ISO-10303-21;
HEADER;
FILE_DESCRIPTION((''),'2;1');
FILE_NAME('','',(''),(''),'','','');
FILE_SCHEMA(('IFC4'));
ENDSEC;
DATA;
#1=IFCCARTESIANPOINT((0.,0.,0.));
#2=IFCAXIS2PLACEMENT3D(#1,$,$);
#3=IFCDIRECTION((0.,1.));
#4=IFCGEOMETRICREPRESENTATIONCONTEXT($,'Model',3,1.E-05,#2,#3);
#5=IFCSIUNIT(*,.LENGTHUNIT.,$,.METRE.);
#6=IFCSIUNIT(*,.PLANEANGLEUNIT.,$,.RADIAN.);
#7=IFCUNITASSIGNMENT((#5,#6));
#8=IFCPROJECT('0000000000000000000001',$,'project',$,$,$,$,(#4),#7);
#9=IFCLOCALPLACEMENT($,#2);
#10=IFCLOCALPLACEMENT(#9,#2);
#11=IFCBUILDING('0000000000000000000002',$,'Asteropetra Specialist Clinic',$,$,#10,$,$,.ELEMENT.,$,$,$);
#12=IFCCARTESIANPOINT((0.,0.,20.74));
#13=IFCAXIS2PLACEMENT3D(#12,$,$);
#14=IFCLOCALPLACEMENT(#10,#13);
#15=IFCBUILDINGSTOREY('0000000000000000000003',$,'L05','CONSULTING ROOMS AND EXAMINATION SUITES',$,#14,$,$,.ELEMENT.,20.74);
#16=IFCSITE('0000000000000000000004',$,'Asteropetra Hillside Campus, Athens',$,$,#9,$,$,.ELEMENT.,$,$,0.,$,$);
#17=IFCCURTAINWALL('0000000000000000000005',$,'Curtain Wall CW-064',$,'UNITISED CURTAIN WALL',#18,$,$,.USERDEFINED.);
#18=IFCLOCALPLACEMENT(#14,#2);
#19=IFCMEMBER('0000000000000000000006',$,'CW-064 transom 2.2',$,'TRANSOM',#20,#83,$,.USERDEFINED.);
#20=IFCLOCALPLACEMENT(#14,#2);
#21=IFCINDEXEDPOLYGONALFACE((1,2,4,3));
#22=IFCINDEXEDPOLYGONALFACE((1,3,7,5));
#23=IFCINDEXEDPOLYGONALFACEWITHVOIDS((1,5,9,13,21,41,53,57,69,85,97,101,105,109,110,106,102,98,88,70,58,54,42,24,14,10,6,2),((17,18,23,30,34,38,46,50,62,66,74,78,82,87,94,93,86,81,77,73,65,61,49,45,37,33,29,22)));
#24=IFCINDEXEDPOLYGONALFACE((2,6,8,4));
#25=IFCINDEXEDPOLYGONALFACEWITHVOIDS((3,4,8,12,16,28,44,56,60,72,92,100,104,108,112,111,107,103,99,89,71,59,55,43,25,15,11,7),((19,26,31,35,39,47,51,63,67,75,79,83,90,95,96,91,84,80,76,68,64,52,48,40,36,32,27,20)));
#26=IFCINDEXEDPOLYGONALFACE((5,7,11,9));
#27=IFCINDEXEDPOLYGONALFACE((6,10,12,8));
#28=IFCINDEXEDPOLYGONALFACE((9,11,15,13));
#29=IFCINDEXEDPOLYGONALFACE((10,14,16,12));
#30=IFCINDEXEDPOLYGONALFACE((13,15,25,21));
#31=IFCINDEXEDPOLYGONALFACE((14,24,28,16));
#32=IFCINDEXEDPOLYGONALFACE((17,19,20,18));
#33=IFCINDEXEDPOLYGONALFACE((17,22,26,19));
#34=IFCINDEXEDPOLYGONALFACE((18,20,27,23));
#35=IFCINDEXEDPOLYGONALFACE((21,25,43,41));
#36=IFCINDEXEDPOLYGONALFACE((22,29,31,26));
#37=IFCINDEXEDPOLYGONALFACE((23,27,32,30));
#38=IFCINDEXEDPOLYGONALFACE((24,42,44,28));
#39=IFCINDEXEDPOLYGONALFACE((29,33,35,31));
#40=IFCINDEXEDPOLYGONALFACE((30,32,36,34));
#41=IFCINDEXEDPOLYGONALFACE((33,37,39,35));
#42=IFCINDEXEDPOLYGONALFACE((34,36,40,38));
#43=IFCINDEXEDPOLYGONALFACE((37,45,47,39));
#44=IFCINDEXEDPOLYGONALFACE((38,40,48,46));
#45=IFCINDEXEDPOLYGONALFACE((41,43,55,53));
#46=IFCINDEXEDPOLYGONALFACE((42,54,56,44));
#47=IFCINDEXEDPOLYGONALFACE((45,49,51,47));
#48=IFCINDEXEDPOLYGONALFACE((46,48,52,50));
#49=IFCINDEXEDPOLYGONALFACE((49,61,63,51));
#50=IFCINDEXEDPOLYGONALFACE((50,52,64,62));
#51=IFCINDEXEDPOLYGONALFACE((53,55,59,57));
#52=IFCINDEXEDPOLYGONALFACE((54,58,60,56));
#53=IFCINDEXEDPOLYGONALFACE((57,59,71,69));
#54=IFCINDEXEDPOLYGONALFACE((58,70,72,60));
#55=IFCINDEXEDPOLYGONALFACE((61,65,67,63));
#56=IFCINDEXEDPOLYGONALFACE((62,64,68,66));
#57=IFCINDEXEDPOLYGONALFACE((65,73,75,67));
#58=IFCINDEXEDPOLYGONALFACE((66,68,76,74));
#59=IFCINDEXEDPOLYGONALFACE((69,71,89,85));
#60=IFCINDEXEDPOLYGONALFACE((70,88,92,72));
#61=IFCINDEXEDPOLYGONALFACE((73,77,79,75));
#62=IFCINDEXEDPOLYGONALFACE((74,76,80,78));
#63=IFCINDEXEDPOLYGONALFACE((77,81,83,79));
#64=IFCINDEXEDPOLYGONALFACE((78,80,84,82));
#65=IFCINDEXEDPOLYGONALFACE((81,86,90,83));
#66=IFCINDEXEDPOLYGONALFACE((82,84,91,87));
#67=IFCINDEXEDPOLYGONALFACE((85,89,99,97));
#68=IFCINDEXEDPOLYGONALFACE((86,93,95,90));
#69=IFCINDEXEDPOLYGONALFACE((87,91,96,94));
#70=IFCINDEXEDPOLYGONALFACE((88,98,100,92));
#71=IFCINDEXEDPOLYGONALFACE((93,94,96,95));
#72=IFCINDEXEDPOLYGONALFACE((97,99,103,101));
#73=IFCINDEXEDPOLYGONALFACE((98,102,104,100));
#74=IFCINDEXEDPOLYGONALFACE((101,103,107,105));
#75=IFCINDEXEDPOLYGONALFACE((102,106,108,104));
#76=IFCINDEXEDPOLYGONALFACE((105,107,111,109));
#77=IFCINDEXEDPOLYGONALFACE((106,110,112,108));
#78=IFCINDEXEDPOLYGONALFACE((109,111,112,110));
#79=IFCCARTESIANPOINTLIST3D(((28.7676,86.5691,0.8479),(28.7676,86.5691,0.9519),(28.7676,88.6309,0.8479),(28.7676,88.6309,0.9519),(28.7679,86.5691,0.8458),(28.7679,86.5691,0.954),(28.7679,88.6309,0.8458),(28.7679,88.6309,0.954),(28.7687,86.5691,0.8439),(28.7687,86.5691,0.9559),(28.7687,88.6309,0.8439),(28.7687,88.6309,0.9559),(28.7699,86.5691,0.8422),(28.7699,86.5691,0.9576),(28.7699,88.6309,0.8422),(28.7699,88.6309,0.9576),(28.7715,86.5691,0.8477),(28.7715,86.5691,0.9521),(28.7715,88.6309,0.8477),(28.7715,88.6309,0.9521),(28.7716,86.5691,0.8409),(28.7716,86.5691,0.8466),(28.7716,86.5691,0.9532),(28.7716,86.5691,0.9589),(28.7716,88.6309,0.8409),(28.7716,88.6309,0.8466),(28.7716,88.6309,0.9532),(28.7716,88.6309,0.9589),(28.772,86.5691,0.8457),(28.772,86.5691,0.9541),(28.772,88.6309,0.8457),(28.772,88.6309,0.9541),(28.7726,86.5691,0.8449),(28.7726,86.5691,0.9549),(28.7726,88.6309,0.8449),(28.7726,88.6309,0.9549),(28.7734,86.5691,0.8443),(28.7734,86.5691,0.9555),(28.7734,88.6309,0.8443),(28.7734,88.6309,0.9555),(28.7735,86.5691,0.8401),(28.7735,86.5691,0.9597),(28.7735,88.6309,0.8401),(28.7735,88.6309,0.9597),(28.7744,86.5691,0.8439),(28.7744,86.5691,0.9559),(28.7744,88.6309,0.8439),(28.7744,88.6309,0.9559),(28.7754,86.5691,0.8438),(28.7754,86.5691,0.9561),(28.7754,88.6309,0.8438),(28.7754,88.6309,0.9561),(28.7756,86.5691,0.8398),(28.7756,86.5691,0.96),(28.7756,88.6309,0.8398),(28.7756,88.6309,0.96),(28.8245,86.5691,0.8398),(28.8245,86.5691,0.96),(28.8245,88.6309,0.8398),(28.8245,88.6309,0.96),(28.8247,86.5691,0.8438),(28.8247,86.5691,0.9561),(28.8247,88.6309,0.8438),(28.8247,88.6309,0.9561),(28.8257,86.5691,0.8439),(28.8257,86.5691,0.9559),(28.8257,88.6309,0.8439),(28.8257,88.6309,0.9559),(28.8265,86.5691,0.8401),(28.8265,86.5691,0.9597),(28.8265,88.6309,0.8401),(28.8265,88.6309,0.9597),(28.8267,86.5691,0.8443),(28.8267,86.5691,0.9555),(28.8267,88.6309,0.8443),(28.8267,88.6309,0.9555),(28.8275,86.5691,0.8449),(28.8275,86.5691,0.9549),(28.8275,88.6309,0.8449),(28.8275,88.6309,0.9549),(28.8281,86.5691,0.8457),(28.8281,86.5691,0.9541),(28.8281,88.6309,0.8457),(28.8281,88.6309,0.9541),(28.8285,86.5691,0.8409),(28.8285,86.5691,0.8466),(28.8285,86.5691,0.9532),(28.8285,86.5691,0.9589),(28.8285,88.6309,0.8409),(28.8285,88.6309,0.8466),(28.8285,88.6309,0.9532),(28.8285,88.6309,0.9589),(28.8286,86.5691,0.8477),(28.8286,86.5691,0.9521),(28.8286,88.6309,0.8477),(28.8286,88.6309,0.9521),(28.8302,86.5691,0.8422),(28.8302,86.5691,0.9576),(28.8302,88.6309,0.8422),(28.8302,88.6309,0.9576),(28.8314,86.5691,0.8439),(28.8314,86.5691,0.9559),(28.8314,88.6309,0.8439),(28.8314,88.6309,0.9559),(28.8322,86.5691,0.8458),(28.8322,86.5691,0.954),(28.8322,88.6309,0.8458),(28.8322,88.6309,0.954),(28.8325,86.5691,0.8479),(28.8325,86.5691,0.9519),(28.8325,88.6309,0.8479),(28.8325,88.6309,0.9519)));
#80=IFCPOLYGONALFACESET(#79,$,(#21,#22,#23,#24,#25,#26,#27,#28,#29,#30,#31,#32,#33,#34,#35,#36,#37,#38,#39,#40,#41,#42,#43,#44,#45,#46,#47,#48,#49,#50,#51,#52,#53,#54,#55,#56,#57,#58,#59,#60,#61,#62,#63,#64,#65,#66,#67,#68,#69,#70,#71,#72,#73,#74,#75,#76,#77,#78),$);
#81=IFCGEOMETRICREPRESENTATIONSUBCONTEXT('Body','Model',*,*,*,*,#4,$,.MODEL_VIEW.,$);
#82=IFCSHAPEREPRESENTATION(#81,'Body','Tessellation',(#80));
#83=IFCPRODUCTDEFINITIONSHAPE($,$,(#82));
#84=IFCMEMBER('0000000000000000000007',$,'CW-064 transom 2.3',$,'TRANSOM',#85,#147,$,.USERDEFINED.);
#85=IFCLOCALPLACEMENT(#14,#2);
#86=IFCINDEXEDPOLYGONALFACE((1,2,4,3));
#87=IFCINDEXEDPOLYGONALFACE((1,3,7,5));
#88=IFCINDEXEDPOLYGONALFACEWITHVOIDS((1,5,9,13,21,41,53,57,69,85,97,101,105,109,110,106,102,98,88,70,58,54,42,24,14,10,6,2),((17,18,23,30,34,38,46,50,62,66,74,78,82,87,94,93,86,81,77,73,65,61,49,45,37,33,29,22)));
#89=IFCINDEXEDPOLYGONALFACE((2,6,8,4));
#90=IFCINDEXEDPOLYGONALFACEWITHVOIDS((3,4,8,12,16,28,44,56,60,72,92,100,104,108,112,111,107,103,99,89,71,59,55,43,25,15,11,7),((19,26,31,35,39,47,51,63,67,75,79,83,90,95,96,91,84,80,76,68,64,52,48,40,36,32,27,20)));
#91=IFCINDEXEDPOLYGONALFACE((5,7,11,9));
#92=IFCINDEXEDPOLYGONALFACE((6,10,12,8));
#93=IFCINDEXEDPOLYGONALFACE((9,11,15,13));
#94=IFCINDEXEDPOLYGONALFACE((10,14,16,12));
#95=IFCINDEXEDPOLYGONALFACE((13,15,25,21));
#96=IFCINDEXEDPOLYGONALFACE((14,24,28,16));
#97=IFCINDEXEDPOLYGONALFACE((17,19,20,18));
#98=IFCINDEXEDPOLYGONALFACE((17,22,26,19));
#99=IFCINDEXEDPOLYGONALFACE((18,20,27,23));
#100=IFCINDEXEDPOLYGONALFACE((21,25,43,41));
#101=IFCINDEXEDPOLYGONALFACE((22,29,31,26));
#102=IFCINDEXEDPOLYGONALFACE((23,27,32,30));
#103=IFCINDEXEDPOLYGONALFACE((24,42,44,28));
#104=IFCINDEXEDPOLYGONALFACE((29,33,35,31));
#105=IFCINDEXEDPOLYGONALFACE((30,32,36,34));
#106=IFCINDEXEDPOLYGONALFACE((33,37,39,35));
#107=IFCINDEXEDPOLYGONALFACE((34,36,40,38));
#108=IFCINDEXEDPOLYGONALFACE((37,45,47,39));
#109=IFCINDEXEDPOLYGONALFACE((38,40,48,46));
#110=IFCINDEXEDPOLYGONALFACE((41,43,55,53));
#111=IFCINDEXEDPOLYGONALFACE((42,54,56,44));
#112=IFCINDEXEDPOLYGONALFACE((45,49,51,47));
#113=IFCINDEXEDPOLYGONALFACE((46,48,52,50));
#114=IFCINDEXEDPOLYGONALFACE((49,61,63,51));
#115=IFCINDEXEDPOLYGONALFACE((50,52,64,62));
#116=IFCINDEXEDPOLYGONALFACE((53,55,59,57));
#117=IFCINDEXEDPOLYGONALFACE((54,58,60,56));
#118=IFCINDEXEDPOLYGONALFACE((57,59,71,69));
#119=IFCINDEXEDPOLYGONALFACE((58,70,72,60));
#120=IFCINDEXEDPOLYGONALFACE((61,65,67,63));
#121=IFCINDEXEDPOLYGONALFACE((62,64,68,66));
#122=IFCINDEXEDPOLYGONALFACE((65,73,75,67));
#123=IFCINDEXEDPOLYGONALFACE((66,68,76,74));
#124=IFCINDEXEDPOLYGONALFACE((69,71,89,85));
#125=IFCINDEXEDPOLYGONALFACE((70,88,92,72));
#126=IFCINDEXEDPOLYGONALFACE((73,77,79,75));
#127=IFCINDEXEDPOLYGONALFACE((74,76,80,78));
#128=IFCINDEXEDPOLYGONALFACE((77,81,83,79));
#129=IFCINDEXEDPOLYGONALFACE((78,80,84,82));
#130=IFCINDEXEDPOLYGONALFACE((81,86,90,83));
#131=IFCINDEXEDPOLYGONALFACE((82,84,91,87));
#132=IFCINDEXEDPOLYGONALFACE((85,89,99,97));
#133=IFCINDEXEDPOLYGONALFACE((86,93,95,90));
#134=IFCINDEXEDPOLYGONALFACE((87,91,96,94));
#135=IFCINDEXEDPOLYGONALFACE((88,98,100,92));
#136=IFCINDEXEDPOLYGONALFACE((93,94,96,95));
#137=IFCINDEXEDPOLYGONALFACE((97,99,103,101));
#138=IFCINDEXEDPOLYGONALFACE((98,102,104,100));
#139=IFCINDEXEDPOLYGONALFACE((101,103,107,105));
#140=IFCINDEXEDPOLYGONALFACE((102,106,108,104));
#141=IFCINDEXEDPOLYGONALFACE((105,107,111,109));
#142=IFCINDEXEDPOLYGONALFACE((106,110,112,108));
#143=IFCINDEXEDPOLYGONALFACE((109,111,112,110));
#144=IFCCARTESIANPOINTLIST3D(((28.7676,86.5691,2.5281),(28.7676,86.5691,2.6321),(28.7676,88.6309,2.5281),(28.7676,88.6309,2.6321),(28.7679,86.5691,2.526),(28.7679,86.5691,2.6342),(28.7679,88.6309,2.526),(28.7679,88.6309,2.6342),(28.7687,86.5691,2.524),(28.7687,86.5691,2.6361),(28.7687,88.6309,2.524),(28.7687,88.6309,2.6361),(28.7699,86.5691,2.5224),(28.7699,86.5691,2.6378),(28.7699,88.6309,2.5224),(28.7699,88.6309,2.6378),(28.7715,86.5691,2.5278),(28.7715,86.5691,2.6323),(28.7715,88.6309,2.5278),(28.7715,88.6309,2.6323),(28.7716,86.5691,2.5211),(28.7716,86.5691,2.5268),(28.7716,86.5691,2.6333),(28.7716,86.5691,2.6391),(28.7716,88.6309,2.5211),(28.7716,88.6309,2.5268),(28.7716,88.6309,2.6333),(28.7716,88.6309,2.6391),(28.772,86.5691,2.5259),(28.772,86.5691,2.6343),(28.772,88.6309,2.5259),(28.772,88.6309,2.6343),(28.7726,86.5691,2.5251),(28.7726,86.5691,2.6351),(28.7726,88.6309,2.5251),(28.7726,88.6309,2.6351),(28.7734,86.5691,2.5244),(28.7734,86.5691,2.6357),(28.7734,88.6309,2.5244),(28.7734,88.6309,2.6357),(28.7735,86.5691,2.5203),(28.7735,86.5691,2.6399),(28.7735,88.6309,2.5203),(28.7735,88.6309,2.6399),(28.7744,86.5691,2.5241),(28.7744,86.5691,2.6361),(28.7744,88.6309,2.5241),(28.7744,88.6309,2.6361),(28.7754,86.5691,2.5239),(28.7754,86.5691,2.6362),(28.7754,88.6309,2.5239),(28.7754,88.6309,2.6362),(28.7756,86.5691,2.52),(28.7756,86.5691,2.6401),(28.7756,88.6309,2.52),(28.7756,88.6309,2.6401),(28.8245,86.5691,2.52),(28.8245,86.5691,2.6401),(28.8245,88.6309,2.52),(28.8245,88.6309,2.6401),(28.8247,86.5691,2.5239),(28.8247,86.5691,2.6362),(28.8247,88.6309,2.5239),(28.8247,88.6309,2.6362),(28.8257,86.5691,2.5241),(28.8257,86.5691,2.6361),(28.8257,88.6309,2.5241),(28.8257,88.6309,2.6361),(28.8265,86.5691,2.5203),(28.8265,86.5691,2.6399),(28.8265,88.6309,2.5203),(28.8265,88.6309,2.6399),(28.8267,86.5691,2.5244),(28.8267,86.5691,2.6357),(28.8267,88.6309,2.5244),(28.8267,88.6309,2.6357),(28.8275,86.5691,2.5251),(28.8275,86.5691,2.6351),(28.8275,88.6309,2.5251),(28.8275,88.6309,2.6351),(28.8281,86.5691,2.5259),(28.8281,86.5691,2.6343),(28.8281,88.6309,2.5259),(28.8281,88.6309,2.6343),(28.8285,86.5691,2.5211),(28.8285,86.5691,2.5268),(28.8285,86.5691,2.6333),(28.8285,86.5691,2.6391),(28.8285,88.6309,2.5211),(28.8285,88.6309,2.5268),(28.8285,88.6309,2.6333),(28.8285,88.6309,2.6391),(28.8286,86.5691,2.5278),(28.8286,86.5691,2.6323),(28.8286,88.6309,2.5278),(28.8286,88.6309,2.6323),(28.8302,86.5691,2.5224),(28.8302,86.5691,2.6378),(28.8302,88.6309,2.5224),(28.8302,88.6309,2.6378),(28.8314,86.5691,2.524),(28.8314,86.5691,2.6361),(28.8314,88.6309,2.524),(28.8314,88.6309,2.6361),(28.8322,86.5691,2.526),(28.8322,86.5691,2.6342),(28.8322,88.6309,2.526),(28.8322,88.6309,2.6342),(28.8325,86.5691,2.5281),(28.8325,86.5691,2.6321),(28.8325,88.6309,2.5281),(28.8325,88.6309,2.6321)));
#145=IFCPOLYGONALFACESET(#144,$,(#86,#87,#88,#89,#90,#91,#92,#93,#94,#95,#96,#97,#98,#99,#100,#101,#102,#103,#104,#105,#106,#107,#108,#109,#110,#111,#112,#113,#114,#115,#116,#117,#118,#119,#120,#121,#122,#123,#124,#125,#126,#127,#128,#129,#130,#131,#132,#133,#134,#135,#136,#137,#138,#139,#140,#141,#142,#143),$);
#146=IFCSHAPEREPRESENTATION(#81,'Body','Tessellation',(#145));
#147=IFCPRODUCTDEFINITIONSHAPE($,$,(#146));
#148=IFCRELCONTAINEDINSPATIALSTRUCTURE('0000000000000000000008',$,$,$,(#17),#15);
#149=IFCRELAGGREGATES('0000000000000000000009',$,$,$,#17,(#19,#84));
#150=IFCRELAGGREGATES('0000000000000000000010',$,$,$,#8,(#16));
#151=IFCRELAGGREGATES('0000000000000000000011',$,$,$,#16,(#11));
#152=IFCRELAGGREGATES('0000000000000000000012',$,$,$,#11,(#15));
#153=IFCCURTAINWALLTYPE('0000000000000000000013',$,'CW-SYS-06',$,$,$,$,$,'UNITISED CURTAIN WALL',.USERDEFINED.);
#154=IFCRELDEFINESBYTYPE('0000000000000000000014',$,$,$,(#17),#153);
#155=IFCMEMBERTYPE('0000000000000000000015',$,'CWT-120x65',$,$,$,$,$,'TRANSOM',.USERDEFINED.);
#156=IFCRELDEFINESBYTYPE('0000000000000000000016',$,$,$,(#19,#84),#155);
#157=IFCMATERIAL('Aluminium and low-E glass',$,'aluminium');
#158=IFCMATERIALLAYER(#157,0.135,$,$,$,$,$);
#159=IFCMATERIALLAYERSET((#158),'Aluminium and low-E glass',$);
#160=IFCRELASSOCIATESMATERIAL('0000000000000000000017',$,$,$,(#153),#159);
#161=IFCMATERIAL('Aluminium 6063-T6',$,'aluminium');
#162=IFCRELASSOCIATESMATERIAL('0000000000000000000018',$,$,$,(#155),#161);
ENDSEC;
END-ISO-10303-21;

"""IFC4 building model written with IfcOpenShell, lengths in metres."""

from ifc_helpers import new_model, si_unit, direction, frame, origin, origin_2d, place, context, subcontext, project, spatial, hollow_rectangle, extrude, material, layer, layer_set, material_profile, profile_set, type_object, element, aggregate, save


model = new_model("IFC4")

# Units and contexts
model_context = context("Model", 3, precision=1e-05, world=origin(), true_north=direction((0.0, 1.0)))
body_context = subcontext(model_context, "Body", "Model", "MODEL_VIEW")
ifc_project = project(units=[si_unit("LENGTHUNIT", "METRE"), si_unit("PLANEANGLEUNIT", "RADIAN")], contexts=[model_context])

# Site, building, storey
site_placement = place(None, origin())
site = spatial("IfcSite", under=ifc_project, at=site_placement, Name="Asteropetra Hillside Campus, Athens", CompositionType="ELEMENT", RefElevation=0.0)
building_placement = place(site_placement, origin())
building = spatial("IfcBuilding", under=site, at=building_placement, Name="Asteropetra Specialist Clinic", CompositionType="ELEMENT")
storey_placement = place(building_placement, frame((0.0, 0.0, 20.74)))
storey = spatial("IfcBuildingStorey", under=building, at=storey_placement, Name="L05", Description="CONSULTING ROOMS AND EXAMINATION SUITES", CompositionType="ELEMENT", Elevation=20.74)

# Curtain wall, members
ifc_material_1 = material(Name="Aluminium and low-E glass", Category="aluminium")
ifc_layer_1 = layer(ifc_material_1, 0.135)
ifc_layer_set_1 = layer_set([ifc_layer_1], Name="Aluminium and low-E glass")
curtain_wall_type = type_object("IfcCurtainWallType", Name="CW-SYS-06", ElementType="UNITISED CURTAIN WALL", PredefinedType="USERDEFINED", material=ifc_layer_set_1)
curtain_wall_placement = place(storey_placement, origin())
curtain_wall = element("IfcCurtainWall", 1, at=curtain_wall_placement, inside=storey, type_object=curtain_wall_type, Name="Curtain Wall CW-064", ObjectType="UNITISED CURTAIN WALL", PredefinedType="USERDEFINED")
ifc_material_2 = material(Name="Aluminium 6063-T6", Category="aluminium")
ifc_material_profile_1 = material_profile(ifc_material_2, hollow_rectangle(XDim=0.0649, YDim=0.1201, WallThickness=0.0039, InnerFilletRadius=0.0039, OuterFilletRadius=0.0081, at=origin_2d()), Name="TRN 120x65x4.0")
ifc_profile_set_1 = profile_set([ifc_material_profile_1], Name="Aluminium 6063-T6")
member_type_1 = type_object("IfcMemberType", Name="CWT-120x65", ElementType="TRANSOM", PredefinedType="USERDEFINED", material=ifc_profile_set_1)
member_1_placement = place(storey_placement, frame((28.8, 86.5691, 0.8999), z_axis=(0.0, 1.0, 0.0), x_axis=(-1.0, 0.0, 0.0)))
member_1 = element("IfcMember", 2, at=member_1_placement, type_object=member_type_1, Name="CW-064 transom 2.2", ObjectType="TRANSOM", PredefinedType="USERDEFINED", context=body_context, shape_type="SweptSolid", body=[
    extrude(hollow_rectangle(XDim=0.0649, YDim=0.1201, WallThickness=0.0039, InnerFilletRadius=0.0039, OuterFilletRadius=0.0081, at=origin_2d()), origin(), (0.0, 0.0, 1.0), 2.0618),
])
member_2_placement = place(storey_placement, frame((28.8, 86.5691, 2.5801), z_axis=(0.0, 1.0, 0.0), x_axis=(-1.0, 0.0, 0.0)))
member_2 = element("IfcMember", 3, at=member_2_placement, type_object=member_type_1, Name="CW-064 transom 2.3", ObjectType="TRANSOM", PredefinedType="USERDEFINED", context=body_context, shape_type="SweptSolid", body=[
    extrude(hollow_rectangle(XDim=0.0649, YDim=0.1201, WallThickness=0.0039, InnerFilletRadius=0.0039, OuterFilletRadius=0.0081, at=origin_2d()), origin(), (0.0, 0.0, 1.0), 2.0618),
])
aggregate(curtain_wall, [member_1, member_2])

save(model, "model.ifc")
